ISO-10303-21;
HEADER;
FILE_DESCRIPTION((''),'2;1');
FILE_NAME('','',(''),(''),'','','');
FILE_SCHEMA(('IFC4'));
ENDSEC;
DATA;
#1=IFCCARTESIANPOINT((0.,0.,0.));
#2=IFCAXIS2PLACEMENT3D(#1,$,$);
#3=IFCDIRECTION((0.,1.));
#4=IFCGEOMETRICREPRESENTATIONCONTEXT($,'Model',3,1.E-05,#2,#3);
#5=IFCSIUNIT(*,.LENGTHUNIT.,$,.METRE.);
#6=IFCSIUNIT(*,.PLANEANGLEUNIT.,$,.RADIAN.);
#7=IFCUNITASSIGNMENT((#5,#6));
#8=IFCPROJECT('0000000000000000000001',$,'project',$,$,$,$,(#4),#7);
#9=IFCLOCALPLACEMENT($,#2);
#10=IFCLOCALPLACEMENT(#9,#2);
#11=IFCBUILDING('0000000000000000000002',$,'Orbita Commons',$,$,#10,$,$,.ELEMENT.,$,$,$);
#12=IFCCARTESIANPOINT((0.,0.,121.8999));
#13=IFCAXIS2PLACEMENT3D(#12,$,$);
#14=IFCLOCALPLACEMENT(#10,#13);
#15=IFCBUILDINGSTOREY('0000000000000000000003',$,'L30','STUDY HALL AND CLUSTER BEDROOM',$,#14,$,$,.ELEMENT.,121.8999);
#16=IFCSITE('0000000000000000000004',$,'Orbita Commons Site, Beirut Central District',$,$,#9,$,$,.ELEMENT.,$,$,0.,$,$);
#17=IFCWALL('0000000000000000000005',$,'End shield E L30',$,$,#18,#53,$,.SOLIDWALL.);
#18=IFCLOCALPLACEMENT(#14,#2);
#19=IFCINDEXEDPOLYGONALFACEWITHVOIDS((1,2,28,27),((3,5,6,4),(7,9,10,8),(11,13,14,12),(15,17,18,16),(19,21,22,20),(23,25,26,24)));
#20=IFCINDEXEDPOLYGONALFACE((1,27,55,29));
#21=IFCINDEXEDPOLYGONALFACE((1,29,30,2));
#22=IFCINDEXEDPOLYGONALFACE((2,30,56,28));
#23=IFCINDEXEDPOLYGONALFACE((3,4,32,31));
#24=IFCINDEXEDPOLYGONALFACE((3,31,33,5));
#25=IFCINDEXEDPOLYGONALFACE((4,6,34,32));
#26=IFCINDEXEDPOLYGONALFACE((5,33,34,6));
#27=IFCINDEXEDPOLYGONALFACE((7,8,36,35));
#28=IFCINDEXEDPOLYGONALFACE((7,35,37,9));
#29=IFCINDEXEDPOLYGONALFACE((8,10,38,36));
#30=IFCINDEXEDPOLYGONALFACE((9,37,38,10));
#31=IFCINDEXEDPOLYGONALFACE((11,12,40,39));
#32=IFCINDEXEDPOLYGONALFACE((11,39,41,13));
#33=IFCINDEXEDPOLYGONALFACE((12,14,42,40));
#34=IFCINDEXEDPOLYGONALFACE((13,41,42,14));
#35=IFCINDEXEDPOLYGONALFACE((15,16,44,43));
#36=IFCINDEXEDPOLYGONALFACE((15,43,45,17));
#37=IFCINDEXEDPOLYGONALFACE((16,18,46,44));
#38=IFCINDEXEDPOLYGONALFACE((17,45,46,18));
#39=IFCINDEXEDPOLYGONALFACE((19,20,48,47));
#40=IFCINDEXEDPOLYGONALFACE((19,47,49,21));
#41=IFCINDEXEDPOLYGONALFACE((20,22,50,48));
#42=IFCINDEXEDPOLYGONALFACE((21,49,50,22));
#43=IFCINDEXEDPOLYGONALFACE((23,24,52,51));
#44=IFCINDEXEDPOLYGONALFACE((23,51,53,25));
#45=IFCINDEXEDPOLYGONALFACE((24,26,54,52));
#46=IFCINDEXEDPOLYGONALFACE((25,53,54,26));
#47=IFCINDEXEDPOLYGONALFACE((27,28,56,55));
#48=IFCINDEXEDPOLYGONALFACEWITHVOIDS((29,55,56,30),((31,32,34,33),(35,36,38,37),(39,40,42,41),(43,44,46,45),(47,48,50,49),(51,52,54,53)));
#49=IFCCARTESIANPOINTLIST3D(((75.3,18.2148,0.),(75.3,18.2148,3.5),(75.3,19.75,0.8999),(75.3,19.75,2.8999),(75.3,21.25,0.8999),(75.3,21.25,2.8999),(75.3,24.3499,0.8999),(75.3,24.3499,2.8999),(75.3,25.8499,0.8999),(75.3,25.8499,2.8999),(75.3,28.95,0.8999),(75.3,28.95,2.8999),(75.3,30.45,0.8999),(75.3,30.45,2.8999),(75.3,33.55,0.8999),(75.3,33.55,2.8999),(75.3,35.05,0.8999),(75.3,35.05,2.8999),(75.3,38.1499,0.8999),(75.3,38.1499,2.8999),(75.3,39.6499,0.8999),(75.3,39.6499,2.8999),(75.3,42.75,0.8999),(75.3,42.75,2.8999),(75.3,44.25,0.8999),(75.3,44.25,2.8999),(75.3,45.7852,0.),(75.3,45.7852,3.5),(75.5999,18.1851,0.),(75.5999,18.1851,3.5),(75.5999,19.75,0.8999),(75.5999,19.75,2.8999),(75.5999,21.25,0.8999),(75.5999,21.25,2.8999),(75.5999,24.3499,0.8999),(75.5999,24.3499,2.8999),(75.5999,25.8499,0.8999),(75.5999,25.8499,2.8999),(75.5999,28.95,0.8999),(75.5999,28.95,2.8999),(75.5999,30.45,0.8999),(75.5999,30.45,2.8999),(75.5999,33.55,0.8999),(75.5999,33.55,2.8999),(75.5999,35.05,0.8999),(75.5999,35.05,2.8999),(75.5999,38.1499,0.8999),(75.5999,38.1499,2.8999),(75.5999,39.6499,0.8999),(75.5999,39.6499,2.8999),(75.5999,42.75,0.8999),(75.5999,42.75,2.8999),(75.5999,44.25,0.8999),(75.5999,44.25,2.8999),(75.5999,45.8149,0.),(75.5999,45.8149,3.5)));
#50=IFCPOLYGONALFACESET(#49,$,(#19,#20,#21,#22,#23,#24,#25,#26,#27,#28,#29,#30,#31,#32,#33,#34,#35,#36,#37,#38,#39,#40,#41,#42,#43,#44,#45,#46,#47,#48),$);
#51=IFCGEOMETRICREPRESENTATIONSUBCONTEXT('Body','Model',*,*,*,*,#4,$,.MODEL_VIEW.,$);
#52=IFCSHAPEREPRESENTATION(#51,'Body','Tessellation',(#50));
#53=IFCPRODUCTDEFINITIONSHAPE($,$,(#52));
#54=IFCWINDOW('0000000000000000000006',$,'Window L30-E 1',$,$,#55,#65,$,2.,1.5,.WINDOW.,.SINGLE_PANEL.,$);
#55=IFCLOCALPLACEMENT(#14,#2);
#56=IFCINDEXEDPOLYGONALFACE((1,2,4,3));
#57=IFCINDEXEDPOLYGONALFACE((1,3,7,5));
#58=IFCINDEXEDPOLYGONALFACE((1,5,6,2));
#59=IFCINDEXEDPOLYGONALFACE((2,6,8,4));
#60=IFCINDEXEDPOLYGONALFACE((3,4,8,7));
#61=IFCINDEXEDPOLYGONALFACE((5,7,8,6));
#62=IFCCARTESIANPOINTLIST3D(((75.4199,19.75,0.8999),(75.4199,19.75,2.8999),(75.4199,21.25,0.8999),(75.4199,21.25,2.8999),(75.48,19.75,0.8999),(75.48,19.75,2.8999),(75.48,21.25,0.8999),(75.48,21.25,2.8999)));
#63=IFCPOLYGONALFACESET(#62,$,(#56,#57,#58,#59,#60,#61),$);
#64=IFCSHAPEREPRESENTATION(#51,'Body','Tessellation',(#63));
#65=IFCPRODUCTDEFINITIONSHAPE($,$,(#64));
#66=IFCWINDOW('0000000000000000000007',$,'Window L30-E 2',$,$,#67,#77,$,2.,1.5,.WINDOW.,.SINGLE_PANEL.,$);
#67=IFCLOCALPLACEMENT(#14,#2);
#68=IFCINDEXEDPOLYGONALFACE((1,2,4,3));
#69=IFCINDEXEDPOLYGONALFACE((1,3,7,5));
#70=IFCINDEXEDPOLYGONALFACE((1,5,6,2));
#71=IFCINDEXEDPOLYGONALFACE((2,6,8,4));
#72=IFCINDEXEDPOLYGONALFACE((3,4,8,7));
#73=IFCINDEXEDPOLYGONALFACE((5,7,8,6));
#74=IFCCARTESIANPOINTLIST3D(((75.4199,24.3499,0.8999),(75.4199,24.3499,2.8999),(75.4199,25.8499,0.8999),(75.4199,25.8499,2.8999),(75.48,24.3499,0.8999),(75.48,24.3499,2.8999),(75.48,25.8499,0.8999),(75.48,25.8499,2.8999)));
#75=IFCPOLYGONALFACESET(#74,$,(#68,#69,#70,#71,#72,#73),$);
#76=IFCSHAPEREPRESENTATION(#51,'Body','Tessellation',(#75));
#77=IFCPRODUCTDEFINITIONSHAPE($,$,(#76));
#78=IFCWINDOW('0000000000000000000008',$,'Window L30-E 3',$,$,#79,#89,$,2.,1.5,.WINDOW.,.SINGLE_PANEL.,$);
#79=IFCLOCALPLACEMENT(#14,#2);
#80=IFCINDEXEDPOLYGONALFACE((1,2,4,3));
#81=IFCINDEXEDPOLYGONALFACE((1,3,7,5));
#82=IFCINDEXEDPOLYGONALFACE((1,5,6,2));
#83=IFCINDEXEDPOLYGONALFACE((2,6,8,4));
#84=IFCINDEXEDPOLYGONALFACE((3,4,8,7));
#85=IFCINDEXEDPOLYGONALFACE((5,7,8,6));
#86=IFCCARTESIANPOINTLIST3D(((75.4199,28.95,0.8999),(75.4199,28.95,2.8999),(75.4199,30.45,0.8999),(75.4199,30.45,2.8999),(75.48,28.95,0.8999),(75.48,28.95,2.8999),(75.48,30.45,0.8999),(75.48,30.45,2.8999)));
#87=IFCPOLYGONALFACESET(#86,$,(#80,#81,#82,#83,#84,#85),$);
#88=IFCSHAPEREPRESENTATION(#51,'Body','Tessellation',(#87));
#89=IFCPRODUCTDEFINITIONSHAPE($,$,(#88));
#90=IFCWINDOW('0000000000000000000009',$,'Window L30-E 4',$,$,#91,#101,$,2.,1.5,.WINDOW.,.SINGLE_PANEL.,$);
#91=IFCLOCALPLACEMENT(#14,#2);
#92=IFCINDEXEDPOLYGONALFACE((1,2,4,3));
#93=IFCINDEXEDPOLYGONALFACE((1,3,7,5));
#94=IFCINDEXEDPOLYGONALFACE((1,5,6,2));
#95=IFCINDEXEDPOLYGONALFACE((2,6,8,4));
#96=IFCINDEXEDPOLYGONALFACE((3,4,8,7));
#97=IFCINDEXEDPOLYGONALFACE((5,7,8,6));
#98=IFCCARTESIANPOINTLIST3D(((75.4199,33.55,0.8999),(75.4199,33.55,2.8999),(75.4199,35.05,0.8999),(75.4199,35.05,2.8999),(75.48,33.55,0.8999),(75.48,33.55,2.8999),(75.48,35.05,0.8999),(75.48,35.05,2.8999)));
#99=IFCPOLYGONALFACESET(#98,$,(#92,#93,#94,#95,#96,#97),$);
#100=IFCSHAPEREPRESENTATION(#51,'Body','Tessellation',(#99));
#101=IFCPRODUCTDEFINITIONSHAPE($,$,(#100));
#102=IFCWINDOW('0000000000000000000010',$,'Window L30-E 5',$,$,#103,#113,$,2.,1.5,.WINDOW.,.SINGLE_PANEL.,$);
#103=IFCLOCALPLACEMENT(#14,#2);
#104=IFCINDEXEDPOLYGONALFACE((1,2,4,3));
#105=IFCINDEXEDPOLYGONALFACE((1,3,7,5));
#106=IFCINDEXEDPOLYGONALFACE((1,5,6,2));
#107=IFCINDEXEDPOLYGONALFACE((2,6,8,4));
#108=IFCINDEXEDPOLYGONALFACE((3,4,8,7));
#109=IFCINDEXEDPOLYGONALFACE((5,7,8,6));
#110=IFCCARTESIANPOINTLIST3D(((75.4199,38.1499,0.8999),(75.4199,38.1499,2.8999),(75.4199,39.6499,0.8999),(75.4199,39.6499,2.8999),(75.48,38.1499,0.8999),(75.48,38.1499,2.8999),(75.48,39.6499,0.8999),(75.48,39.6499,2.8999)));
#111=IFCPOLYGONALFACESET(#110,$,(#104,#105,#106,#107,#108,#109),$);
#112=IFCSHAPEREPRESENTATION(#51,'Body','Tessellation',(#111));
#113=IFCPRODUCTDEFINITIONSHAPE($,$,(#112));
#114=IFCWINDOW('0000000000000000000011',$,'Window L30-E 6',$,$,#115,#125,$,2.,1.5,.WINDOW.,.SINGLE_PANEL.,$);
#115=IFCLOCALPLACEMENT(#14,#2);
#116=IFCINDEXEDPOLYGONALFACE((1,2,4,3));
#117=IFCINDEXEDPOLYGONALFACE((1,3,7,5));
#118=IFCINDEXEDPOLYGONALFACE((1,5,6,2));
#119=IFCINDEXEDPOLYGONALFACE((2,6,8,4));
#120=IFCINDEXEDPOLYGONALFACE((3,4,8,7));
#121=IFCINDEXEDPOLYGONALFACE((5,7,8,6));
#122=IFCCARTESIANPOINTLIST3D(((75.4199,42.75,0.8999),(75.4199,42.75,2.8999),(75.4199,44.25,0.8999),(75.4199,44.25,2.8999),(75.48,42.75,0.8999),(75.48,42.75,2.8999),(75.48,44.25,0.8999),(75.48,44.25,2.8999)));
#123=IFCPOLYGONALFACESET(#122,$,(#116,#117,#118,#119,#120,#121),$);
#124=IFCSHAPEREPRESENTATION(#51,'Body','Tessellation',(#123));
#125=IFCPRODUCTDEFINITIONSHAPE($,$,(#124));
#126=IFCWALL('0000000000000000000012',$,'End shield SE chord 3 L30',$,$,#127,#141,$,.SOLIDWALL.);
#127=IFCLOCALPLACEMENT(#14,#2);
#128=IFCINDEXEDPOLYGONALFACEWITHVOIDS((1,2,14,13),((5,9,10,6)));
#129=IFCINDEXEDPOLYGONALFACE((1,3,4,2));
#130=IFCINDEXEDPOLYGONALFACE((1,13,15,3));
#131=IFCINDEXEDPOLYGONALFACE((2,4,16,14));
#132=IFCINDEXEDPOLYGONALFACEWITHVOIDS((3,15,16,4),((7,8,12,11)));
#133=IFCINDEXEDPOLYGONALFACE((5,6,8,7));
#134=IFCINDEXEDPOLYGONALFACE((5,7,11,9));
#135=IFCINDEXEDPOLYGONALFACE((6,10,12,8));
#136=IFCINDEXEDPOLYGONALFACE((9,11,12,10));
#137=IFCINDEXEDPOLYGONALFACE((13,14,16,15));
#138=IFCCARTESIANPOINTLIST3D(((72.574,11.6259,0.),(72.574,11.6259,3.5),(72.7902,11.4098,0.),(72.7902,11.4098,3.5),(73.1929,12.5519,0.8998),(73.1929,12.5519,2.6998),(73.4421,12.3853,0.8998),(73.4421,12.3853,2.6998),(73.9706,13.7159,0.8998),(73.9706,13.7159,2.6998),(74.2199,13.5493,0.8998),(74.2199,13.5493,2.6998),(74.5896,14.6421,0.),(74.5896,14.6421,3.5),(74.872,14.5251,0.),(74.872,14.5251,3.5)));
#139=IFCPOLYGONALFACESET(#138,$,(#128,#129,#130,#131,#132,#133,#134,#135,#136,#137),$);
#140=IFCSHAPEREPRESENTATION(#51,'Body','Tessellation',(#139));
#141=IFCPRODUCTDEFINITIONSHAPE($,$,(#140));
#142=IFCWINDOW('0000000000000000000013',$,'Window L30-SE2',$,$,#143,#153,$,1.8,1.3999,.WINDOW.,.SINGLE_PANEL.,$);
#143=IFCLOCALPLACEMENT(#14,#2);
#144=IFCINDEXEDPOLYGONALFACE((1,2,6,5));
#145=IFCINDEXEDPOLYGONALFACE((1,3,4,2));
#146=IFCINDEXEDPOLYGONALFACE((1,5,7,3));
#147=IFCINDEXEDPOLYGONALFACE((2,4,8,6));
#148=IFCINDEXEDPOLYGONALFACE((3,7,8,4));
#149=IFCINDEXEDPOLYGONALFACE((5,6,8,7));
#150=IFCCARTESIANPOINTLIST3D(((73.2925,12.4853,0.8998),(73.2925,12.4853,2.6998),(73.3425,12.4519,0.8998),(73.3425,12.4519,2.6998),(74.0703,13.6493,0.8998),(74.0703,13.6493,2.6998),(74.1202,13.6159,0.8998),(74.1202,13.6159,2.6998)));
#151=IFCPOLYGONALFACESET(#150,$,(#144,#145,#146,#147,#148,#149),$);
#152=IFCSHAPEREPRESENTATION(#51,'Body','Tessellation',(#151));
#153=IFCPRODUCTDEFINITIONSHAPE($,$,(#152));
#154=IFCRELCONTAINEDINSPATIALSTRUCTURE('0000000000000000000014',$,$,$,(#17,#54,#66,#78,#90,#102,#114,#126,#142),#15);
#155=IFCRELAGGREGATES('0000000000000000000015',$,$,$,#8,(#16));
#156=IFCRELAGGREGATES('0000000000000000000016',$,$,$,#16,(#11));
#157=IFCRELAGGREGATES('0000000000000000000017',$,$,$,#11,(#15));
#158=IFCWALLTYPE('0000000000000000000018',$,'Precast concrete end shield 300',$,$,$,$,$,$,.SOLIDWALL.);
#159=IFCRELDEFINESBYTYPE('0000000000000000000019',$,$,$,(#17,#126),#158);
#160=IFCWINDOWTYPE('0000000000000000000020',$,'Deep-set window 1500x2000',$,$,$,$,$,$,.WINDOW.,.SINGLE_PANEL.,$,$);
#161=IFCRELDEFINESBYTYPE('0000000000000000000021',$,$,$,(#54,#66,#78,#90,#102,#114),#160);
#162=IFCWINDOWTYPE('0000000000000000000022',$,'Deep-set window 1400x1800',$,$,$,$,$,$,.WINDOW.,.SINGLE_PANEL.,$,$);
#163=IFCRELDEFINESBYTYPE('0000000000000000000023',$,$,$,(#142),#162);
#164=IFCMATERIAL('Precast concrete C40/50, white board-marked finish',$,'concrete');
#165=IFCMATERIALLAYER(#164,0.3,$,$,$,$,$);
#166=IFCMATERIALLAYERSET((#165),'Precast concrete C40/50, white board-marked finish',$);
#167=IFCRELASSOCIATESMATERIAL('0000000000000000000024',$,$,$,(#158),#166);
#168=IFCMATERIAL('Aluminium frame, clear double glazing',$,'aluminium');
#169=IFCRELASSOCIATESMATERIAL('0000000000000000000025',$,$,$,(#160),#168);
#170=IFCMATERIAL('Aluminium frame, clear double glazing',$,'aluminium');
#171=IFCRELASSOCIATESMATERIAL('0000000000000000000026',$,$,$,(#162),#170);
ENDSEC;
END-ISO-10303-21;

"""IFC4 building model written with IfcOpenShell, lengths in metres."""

from ifc_helpers import new_model, si_unit, direction, frame, frame_2d, origin, place, context, subcontext, project, spatial, polyline, rectangle, outline, extrude, material, layer, layer_set, type_object, element, fill, save


model = new_model("IFC4")

# Units and contexts
model_context = context("Model", 3, precision=1e-05, world=origin(), true_north=direction((0.0, 1.0)))
body_context = subcontext(model_context, "Body", "Model", "MODEL_VIEW")
ifc_project = project(units=[si_unit("LENGTHUNIT", "METRE"), si_unit("PLANEANGLEUNIT", "RADIAN")], contexts=[model_context])

# Site, building, storey
site_placement = place(None, origin())
site = spatial("IfcSite", under=ifc_project, at=site_placement, Name="Orbita Commons Site, Beirut Central District", CompositionType="ELEMENT", RefElevation=0.0)
building_placement = place(site_placement, origin())
building = spatial("IfcBuilding", under=site, at=building_placement, Name="Orbita Commons", CompositionType="ELEMENT")
storey_placement = place(building_placement, frame((0.0, 0.0, 121.8999)))
storey = spatial("IfcBuildingStorey", under=building, at=storey_placement, Name="L30", Description="STUDY HALL AND CLUSTER BEDROOM", CompositionType="ELEMENT", Elevation=121.8999)

# Wall, openings, windows
ifc_material_1 = material(Name="Precast concrete C40/50, white board-marked finish", Category="concrete")
ifc_layer_1 = layer(ifc_material_1, 0.3)
ifc_layer_set_1 = layer_set([ifc_layer_1], Name="Precast concrete C40/50, white board-marked finish")
wall_type_1 = type_object("IfcWallType", Name="Precast concrete end shield 300", PredefinedType="SOLIDWALL", material=ifc_layer_set_1)
wall_1_placement = place(storey_placement, frame((75.45, 18.2, 0.0), z_axis=(0.0, 0.0, 1.0), x_axis=(0.0, 1.0, 0.0)))
wall_1 = element("IfcWall", 1, at=wall_1_placement, inside=storey, type_object=wall_type_1, Name="End shield E L30", PredefinedType="SOLIDWALL", context=body_context, shape_type="SweptSolid", body=[
    extrude(outline(polyline([(-0.0149, -0.1499), (27.615, -0.1499), (27.5852, 0.1499), (0.0149, 0.1499), (-0.0149, -0.1499)])), origin(), (0.0, 0.0, 1.0), 3.5),
])
opening_1_placement = place(wall_1_placement, frame((1.55, 0.0, 0.8999)))
opening_1 = element("IfcOpeningElement", 2, at=opening_1_placement, cuts=wall_1, PredefinedType="OPENING", context=body_context, shape_type="SweptSolid", body=[
    extrude(rectangle(XDim=1.5, YDim=2.0, at=frame_2d((0.75, 1.0))), frame((0.0, 0.1599, 0.0), z_axis=(0.0, -1.0, 0.0), x_axis=(1.0, 0.0, 0.0)), (0.0, 0.0, 1.0), 0.3201),
])
opening_2_placement = place(wall_1_placement, frame((6.1499, 0.0, 0.8999)))
opening_2 = element("IfcOpeningElement", 3, at=opening_2_placement, cuts=wall_1, PredefinedType="OPENING", context=body_context, shape_type="SweptSolid", body=[
    extrude(rectangle(XDim=1.5, YDim=2.0, at=frame_2d((0.75, 1.0))), frame((0.0, 0.1599, 0.0), z_axis=(0.0, -1.0, 0.0), x_axis=(1.0, 0.0, 0.0)), (0.0, 0.0, 1.0), 0.3201),
])
opening_3_placement = place(wall_1_placement, frame((10.75, 0.0, 0.8999)))
opening_3 = element("IfcOpeningElement", 4, at=opening_3_placement, cuts=wall_1, PredefinedType="OPENING", context=body_context, shape_type="SweptSolid", body=[
    extrude(rectangle(XDim=1.5, YDim=2.0, at=frame_2d((0.75, 1.0))), frame((0.0, 0.1599, 0.0), z_axis=(0.0, -1.0, 0.0), x_axis=(1.0, 0.0, 0.0)), (0.0, 0.0, 1.0), 0.3201),
])
opening_4_placement = place(wall_1_placement, frame((15.3501, 0.0, 0.8999)))
opening_4 = element("IfcOpeningElement", 5, at=opening_4_placement, cuts=wall_1, PredefinedType="OPENING", context=body_context, shape_type="SweptSolid", body=[
    extrude(rectangle(XDim=1.5, YDim=2.0, at=frame_2d((0.75, 1.0))), frame((0.0, 0.1599, 0.0), z_axis=(0.0, -1.0, 0.0), x_axis=(1.0, 0.0, 0.0)), (0.0, 0.0, 1.0), 0.3201),
])
opening_5_placement = place(wall_1_placement, frame((19.95, 0.0, 0.8999)))
opening_5 = element("IfcOpeningElement", 6, at=opening_5_placement, cuts=wall_1, PredefinedType="OPENING", context=body_context, shape_type="SweptSolid", body=[
    extrude(rectangle(XDim=1.5, YDim=2.0, at=frame_2d((0.75, 1.0))), frame((0.0, 0.1599, 0.0), z_axis=(0.0, -1.0, 0.0), x_axis=(1.0, 0.0, 0.0)), (0.0, 0.0, 1.0), 0.3201),
])
opening_6_placement = place(wall_1_placement, frame((24.55, 0.0, 0.8999)))
opening_6 = element("IfcOpeningElement", 7, at=opening_6_placement, cuts=wall_1, PredefinedType="OPENING", context=body_context, shape_type="SweptSolid", body=[
    extrude(rectangle(XDim=1.5, YDim=2.0, at=frame_2d((0.75, 1.0))), frame((0.0, 0.1599, 0.0), z_axis=(0.0, -1.0, 0.0), x_axis=(1.0, 0.0, 0.0)), (0.0, 0.0, 1.0), 0.3201),
])
ifc_material_2 = material(Name="Aluminium frame, clear double glazing", Category="aluminium")
window_type_1 = type_object("IfcWindowType", Name="Deep-set window 1500x2000", PartitioningType="SINGLE_PANEL", PredefinedType="WINDOW", material=ifc_material_2)
window_1_placement = place(opening_1_placement, origin())
window_1 = element("IfcWindow", 8, at=window_1_placement, inside=storey, type_object=window_type_1, Name="Window L30-E 1", OverallHeight=2.0, OverallWidth=1.5, PartitioningType="SINGLE_PANEL", PredefinedType="WINDOW", context=body_context, shape_type="SweptSolid", body=[
    extrude(rectangle(XDim=1.5, YDim=2.0, at=frame_2d((0.75, 1.0))), frame((0.0, 0.03, 0.0), z_axis=(0.0, -1.0, 0.0), x_axis=(1.0, 0.0, 0.0)), (0.0, 0.0, 1.0), 0.0601),
])
fill(opening_1, window_1)
window_2_placement = place(opening_2_placement, origin())
window_2 = element("IfcWindow", 9, at=window_2_placement, inside=storey, type_object=window_type_1, Name="Window L30-E 2", OverallHeight=2.0, OverallWidth=1.5, PartitioningType="SINGLE_PANEL", PredefinedType="WINDOW", context=body_context, shape_type="SweptSolid", body=[
    extrude(rectangle(XDim=1.5, YDim=2.0, at=frame_2d((0.75, 1.0))), frame((0.0, 0.03, 0.0), z_axis=(0.0, -1.0, 0.0), x_axis=(1.0, 0.0, 0.0)), (0.0, 0.0, 1.0), 0.0601),
])
fill(opening_2, window_2)
window_3_placement = place(opening_3_placement, origin())
window_3 = element("IfcWindow", 10, at=window_3_placement, inside=storey, type_object=window_type_1, Name="Window L30-E 3", OverallHeight=2.0, OverallWidth=1.5, PartitioningType="SINGLE_PANEL", PredefinedType="WINDOW", context=body_context, shape_type="SweptSolid", body=[
    extrude(rectangle(XDim=1.5, YDim=2.0, at=frame_2d((0.75, 1.0))), frame((0.0, 0.03, 0.0), z_axis=(0.0, -1.0, 0.0), x_axis=(1.0, 0.0, 0.0)), (0.0, 0.0, 1.0), 0.0601),
])
fill(opening_3, window_3)
window_4_placement = place(opening_4_placement, origin())
window_4 = element("IfcWindow", 11, at=window_4_placement, inside=storey, type_object=window_type_1, Name="Window L30-E 4", OverallHeight=2.0, OverallWidth=1.5, PartitioningType="SINGLE_PANEL", PredefinedType="WINDOW", context=body_context, shape_type="SweptSolid", body=[
    extrude(rectangle(XDim=1.5, YDim=2.0, at=frame_2d((0.75, 1.0))), frame((0.0, 0.03, 0.0), z_axis=(0.0, -1.0, 0.0), x_axis=(1.0, 0.0, 0.0)), (0.0, 0.0, 1.0), 0.0601),
])
fill(opening_4, window_4)
window_5_placement = place(opening_5_placement, origin())
window_5 = element("IfcWindow", 12, at=window_5_placement, inside=storey, type_object=window_type_1, Name="Window L30-E 5", OverallHeight=2.0, OverallWidth=1.5, PartitioningType="SINGLE_PANEL", PredefinedType="WINDOW", context=body_context, shape_type="SweptSolid", body=[
    extrude(rectangle(XDim=1.5, YDim=2.0, at=frame_2d((0.75, 1.0))), frame((0.0, 0.03, 0.0), z_axis=(0.0, -1.0, 0.0), x_axis=(1.0, 0.0, 0.0)), (0.0, 0.0, 1.0), 0.0601),
])
fill(opening_5, window_5)
window_6_placement = place(opening_6_placement, origin())
window_6 = element("IfcWindow", 13, at=window_6_placement, inside=storey, type_object=window_type_1, Name="Window L30-E 6", OverallHeight=2.0, OverallWidth=1.5, PartitioningType="SINGLE_PANEL", PredefinedType="WINDOW", context=body_context, shape_type="SweptSolid", body=[
    extrude(rectangle(XDim=1.5, YDim=2.0, at=frame_2d((0.75, 1.0))), frame((0.0, 0.03, 0.0), z_axis=(0.0, -1.0, 0.0), x_axis=(1.0, 0.0, 0.0)), (0.0, 0.0, 1.0), 0.0601),
])
fill(opening_6, window_6)

# Wall, opening, window
wall_2_placement = place(storey_placement, frame((72.6821, 11.5178, 0.0), z_axis=(0.0, 0.0, 1.0), x_axis=(0.555601, 0.831449, 0.0)))
wall_2 = element("IfcWall", 14, at=wall_2_placement, inside=storey, type_object=wall_type_1, Name="End shield SE chord 3 L30", PredefinedType="SOLIDWALL", context=body_context, shape_type="SweptSolid", body=[
    extrude(outline(polyline([(-0.0298, -0.1499), (3.717, -0.1499), (3.6575, 0.1499), (0.0298, 0.1499), (-0.0298, -0.1499)])), origin(), (0.0, 0.0, 1.0), 3.5),
])
opening_7_placement = place(wall_2_placement, frame((1.1436, 0.0, 0.8999)))
opening_7 = element("IfcOpeningElement", 15, at=opening_7_placement, cuts=wall_2, PredefinedType="OPENING", context=body_context, shape_type="SweptSolid", body=[
    extrude(rectangle(XDim=1.3999, YDim=1.8, at=frame_2d((0.7, 0.8999))), frame((0.0, 0.1599, 0.0), z_axis=(0.0, -1.0, 0.0), x_axis=(1.0, 0.0, 0.0)), (0.0, 0.0, 1.0), 0.3201),
])
ifc_material_3 = material(Name="Aluminium frame, clear double glazing", Category="aluminium")
window_type_2 = type_object("IfcWindowType", Name="Deep-set window 1400x1800", PartitioningType="SINGLE_PANEL", PredefinedType="WINDOW", material=ifc_material_3)
window_7_placement = place(opening_7_placement, origin())
window_7 = element("IfcWindow", 16, at=window_7_placement, inside=storey, type_object=window_type_2, Name="Window L30-SE2", OverallHeight=1.8, OverallWidth=1.3999, PartitioningType="SINGLE_PANEL", PredefinedType="WINDOW", context=body_context, shape_type="SweptSolid", body=[
    extrude(rectangle(XDim=1.3999, YDim=1.8, at=frame_2d((0.7, 0.8999))), frame((0.0, 0.03, 0.0), z_axis=(0.0, -1.0, 0.0), x_axis=(1.0, 0.0, 0.0)), (0.0, 0.0, 1.0), 0.0601),
])
fill(opening_7, window_7)

save(model, "model.ifc")
